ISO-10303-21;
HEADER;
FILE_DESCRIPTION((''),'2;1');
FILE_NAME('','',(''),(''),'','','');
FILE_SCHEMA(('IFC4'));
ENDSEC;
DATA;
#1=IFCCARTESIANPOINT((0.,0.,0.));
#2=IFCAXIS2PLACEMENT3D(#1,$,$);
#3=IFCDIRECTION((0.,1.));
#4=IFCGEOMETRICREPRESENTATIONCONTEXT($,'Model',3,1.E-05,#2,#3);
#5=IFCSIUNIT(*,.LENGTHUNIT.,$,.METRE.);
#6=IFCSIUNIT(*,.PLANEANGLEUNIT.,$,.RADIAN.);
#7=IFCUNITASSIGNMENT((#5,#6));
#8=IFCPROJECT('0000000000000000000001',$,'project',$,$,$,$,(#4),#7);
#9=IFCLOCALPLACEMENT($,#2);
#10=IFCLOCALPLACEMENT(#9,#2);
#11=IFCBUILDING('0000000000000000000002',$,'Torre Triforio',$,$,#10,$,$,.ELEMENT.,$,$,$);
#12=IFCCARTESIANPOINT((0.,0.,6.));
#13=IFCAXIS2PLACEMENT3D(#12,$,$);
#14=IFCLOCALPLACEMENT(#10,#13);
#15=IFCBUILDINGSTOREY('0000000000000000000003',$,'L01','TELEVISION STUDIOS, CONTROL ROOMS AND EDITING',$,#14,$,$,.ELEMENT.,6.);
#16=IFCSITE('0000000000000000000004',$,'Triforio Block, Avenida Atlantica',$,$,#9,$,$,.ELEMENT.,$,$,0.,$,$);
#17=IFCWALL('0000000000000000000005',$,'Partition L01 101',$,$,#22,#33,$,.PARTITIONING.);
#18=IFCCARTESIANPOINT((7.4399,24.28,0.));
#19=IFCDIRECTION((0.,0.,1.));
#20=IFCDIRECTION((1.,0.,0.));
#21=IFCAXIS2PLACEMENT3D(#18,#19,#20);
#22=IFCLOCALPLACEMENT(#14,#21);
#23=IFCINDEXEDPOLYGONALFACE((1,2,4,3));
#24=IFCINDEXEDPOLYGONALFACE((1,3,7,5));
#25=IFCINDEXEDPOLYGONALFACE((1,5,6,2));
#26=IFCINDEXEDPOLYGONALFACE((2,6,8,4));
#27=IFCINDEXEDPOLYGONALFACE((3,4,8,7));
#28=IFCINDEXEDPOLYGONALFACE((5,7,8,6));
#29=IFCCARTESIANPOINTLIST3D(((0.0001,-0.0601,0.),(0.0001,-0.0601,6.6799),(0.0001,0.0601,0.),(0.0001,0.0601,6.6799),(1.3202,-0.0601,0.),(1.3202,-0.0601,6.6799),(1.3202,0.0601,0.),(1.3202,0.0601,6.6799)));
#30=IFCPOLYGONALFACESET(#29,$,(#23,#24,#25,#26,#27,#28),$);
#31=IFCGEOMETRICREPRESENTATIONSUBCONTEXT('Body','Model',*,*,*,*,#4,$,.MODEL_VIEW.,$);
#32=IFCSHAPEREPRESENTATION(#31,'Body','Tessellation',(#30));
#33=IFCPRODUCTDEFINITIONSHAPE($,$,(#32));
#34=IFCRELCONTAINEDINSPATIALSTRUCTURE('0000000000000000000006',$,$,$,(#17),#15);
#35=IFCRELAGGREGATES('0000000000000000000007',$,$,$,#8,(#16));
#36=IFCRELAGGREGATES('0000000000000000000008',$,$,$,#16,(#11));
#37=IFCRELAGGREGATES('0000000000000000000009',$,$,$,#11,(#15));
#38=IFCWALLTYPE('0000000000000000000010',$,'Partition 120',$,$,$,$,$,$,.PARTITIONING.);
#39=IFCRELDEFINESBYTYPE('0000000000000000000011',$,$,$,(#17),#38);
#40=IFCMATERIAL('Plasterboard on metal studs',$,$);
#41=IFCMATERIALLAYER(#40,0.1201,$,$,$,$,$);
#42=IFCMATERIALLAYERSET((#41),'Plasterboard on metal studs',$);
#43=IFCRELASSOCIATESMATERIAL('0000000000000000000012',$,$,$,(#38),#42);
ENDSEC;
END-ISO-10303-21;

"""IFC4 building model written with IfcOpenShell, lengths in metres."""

from ifc_helpers import new_model, si_unit, direction, frame, frame_2d, origin, place, context, subcontext, project, spatial, rectangle, extrude, material, layer, layer_set, type_object, element, save


model = new_model("IFC4")

# Units and contexts
model_context = context("Model", 3, precision=1e-05, world=origin(), true_north=direction((0.0, 1.0)))
body_context = subcontext(model_context, "Body", "Model", "MODEL_VIEW")
ifc_project = project(units=[si_unit("LENGTHUNIT", "METRE"), si_unit("PLANEANGLEUNIT", "RADIAN")], contexts=[model_context])

# Site, building, storey
site_placement = place(None, origin())
site = spatial("IfcSite", under=ifc_project, at=site_placement, Name="Triforio Block, Avenida Atlantica", CompositionType="ELEMENT", RefElevation=0.0)
building_placement = place(site_placement, origin())
building = spatial("IfcBuilding", under=site, at=building_placement, Name="Torre Triforio", CompositionType="ELEMENT")
storey_placement = place(building_placement, frame((0.0, 0.0, 6.0)))
storey = spatial("IfcBuildingStorey", under=building, at=storey_placement, Name="L01", Description="TELEVISION STUDIOS, CONTROL ROOMS AND EDITING", CompositionType="ELEMENT", Elevation=6.0)

# Shared definitions
ifc_material_1 = material(Name="Plasterboard on metal studs")

# Wall
ifc_layer_1 = layer(ifc_material_1, 0.1201)
ifc_layer_set_1 = layer_set([ifc_layer_1], Name="Plasterboard on metal studs")
wall_type_1 = type_object("IfcWallType", Name="Partition 120", PredefinedType="PARTITIONING", material=ifc_layer_set_1)
wall_1_placement = place(storey_placement, frame((7.4399, 24.28, 0.0), z_axis=(0.0, 0.0, 1.0), x_axis=(1.0, 0.0, 0.0)))
element("IfcWall", 1, at=wall_1_placement, inside=storey, type_object=wall_type_1, Name="Partition L01 101", PredefinedType="PARTITIONING", context=body_context, shape_type="SweptSolid", body=[
    extrude(rectangle(XDim=1.3201, YDim=0.1201, at=frame_2d((0.6602, 0.0))), origin(), (0.0, 0.0, 1.0), 6.6799),
])

save(model, "model.ifc")
